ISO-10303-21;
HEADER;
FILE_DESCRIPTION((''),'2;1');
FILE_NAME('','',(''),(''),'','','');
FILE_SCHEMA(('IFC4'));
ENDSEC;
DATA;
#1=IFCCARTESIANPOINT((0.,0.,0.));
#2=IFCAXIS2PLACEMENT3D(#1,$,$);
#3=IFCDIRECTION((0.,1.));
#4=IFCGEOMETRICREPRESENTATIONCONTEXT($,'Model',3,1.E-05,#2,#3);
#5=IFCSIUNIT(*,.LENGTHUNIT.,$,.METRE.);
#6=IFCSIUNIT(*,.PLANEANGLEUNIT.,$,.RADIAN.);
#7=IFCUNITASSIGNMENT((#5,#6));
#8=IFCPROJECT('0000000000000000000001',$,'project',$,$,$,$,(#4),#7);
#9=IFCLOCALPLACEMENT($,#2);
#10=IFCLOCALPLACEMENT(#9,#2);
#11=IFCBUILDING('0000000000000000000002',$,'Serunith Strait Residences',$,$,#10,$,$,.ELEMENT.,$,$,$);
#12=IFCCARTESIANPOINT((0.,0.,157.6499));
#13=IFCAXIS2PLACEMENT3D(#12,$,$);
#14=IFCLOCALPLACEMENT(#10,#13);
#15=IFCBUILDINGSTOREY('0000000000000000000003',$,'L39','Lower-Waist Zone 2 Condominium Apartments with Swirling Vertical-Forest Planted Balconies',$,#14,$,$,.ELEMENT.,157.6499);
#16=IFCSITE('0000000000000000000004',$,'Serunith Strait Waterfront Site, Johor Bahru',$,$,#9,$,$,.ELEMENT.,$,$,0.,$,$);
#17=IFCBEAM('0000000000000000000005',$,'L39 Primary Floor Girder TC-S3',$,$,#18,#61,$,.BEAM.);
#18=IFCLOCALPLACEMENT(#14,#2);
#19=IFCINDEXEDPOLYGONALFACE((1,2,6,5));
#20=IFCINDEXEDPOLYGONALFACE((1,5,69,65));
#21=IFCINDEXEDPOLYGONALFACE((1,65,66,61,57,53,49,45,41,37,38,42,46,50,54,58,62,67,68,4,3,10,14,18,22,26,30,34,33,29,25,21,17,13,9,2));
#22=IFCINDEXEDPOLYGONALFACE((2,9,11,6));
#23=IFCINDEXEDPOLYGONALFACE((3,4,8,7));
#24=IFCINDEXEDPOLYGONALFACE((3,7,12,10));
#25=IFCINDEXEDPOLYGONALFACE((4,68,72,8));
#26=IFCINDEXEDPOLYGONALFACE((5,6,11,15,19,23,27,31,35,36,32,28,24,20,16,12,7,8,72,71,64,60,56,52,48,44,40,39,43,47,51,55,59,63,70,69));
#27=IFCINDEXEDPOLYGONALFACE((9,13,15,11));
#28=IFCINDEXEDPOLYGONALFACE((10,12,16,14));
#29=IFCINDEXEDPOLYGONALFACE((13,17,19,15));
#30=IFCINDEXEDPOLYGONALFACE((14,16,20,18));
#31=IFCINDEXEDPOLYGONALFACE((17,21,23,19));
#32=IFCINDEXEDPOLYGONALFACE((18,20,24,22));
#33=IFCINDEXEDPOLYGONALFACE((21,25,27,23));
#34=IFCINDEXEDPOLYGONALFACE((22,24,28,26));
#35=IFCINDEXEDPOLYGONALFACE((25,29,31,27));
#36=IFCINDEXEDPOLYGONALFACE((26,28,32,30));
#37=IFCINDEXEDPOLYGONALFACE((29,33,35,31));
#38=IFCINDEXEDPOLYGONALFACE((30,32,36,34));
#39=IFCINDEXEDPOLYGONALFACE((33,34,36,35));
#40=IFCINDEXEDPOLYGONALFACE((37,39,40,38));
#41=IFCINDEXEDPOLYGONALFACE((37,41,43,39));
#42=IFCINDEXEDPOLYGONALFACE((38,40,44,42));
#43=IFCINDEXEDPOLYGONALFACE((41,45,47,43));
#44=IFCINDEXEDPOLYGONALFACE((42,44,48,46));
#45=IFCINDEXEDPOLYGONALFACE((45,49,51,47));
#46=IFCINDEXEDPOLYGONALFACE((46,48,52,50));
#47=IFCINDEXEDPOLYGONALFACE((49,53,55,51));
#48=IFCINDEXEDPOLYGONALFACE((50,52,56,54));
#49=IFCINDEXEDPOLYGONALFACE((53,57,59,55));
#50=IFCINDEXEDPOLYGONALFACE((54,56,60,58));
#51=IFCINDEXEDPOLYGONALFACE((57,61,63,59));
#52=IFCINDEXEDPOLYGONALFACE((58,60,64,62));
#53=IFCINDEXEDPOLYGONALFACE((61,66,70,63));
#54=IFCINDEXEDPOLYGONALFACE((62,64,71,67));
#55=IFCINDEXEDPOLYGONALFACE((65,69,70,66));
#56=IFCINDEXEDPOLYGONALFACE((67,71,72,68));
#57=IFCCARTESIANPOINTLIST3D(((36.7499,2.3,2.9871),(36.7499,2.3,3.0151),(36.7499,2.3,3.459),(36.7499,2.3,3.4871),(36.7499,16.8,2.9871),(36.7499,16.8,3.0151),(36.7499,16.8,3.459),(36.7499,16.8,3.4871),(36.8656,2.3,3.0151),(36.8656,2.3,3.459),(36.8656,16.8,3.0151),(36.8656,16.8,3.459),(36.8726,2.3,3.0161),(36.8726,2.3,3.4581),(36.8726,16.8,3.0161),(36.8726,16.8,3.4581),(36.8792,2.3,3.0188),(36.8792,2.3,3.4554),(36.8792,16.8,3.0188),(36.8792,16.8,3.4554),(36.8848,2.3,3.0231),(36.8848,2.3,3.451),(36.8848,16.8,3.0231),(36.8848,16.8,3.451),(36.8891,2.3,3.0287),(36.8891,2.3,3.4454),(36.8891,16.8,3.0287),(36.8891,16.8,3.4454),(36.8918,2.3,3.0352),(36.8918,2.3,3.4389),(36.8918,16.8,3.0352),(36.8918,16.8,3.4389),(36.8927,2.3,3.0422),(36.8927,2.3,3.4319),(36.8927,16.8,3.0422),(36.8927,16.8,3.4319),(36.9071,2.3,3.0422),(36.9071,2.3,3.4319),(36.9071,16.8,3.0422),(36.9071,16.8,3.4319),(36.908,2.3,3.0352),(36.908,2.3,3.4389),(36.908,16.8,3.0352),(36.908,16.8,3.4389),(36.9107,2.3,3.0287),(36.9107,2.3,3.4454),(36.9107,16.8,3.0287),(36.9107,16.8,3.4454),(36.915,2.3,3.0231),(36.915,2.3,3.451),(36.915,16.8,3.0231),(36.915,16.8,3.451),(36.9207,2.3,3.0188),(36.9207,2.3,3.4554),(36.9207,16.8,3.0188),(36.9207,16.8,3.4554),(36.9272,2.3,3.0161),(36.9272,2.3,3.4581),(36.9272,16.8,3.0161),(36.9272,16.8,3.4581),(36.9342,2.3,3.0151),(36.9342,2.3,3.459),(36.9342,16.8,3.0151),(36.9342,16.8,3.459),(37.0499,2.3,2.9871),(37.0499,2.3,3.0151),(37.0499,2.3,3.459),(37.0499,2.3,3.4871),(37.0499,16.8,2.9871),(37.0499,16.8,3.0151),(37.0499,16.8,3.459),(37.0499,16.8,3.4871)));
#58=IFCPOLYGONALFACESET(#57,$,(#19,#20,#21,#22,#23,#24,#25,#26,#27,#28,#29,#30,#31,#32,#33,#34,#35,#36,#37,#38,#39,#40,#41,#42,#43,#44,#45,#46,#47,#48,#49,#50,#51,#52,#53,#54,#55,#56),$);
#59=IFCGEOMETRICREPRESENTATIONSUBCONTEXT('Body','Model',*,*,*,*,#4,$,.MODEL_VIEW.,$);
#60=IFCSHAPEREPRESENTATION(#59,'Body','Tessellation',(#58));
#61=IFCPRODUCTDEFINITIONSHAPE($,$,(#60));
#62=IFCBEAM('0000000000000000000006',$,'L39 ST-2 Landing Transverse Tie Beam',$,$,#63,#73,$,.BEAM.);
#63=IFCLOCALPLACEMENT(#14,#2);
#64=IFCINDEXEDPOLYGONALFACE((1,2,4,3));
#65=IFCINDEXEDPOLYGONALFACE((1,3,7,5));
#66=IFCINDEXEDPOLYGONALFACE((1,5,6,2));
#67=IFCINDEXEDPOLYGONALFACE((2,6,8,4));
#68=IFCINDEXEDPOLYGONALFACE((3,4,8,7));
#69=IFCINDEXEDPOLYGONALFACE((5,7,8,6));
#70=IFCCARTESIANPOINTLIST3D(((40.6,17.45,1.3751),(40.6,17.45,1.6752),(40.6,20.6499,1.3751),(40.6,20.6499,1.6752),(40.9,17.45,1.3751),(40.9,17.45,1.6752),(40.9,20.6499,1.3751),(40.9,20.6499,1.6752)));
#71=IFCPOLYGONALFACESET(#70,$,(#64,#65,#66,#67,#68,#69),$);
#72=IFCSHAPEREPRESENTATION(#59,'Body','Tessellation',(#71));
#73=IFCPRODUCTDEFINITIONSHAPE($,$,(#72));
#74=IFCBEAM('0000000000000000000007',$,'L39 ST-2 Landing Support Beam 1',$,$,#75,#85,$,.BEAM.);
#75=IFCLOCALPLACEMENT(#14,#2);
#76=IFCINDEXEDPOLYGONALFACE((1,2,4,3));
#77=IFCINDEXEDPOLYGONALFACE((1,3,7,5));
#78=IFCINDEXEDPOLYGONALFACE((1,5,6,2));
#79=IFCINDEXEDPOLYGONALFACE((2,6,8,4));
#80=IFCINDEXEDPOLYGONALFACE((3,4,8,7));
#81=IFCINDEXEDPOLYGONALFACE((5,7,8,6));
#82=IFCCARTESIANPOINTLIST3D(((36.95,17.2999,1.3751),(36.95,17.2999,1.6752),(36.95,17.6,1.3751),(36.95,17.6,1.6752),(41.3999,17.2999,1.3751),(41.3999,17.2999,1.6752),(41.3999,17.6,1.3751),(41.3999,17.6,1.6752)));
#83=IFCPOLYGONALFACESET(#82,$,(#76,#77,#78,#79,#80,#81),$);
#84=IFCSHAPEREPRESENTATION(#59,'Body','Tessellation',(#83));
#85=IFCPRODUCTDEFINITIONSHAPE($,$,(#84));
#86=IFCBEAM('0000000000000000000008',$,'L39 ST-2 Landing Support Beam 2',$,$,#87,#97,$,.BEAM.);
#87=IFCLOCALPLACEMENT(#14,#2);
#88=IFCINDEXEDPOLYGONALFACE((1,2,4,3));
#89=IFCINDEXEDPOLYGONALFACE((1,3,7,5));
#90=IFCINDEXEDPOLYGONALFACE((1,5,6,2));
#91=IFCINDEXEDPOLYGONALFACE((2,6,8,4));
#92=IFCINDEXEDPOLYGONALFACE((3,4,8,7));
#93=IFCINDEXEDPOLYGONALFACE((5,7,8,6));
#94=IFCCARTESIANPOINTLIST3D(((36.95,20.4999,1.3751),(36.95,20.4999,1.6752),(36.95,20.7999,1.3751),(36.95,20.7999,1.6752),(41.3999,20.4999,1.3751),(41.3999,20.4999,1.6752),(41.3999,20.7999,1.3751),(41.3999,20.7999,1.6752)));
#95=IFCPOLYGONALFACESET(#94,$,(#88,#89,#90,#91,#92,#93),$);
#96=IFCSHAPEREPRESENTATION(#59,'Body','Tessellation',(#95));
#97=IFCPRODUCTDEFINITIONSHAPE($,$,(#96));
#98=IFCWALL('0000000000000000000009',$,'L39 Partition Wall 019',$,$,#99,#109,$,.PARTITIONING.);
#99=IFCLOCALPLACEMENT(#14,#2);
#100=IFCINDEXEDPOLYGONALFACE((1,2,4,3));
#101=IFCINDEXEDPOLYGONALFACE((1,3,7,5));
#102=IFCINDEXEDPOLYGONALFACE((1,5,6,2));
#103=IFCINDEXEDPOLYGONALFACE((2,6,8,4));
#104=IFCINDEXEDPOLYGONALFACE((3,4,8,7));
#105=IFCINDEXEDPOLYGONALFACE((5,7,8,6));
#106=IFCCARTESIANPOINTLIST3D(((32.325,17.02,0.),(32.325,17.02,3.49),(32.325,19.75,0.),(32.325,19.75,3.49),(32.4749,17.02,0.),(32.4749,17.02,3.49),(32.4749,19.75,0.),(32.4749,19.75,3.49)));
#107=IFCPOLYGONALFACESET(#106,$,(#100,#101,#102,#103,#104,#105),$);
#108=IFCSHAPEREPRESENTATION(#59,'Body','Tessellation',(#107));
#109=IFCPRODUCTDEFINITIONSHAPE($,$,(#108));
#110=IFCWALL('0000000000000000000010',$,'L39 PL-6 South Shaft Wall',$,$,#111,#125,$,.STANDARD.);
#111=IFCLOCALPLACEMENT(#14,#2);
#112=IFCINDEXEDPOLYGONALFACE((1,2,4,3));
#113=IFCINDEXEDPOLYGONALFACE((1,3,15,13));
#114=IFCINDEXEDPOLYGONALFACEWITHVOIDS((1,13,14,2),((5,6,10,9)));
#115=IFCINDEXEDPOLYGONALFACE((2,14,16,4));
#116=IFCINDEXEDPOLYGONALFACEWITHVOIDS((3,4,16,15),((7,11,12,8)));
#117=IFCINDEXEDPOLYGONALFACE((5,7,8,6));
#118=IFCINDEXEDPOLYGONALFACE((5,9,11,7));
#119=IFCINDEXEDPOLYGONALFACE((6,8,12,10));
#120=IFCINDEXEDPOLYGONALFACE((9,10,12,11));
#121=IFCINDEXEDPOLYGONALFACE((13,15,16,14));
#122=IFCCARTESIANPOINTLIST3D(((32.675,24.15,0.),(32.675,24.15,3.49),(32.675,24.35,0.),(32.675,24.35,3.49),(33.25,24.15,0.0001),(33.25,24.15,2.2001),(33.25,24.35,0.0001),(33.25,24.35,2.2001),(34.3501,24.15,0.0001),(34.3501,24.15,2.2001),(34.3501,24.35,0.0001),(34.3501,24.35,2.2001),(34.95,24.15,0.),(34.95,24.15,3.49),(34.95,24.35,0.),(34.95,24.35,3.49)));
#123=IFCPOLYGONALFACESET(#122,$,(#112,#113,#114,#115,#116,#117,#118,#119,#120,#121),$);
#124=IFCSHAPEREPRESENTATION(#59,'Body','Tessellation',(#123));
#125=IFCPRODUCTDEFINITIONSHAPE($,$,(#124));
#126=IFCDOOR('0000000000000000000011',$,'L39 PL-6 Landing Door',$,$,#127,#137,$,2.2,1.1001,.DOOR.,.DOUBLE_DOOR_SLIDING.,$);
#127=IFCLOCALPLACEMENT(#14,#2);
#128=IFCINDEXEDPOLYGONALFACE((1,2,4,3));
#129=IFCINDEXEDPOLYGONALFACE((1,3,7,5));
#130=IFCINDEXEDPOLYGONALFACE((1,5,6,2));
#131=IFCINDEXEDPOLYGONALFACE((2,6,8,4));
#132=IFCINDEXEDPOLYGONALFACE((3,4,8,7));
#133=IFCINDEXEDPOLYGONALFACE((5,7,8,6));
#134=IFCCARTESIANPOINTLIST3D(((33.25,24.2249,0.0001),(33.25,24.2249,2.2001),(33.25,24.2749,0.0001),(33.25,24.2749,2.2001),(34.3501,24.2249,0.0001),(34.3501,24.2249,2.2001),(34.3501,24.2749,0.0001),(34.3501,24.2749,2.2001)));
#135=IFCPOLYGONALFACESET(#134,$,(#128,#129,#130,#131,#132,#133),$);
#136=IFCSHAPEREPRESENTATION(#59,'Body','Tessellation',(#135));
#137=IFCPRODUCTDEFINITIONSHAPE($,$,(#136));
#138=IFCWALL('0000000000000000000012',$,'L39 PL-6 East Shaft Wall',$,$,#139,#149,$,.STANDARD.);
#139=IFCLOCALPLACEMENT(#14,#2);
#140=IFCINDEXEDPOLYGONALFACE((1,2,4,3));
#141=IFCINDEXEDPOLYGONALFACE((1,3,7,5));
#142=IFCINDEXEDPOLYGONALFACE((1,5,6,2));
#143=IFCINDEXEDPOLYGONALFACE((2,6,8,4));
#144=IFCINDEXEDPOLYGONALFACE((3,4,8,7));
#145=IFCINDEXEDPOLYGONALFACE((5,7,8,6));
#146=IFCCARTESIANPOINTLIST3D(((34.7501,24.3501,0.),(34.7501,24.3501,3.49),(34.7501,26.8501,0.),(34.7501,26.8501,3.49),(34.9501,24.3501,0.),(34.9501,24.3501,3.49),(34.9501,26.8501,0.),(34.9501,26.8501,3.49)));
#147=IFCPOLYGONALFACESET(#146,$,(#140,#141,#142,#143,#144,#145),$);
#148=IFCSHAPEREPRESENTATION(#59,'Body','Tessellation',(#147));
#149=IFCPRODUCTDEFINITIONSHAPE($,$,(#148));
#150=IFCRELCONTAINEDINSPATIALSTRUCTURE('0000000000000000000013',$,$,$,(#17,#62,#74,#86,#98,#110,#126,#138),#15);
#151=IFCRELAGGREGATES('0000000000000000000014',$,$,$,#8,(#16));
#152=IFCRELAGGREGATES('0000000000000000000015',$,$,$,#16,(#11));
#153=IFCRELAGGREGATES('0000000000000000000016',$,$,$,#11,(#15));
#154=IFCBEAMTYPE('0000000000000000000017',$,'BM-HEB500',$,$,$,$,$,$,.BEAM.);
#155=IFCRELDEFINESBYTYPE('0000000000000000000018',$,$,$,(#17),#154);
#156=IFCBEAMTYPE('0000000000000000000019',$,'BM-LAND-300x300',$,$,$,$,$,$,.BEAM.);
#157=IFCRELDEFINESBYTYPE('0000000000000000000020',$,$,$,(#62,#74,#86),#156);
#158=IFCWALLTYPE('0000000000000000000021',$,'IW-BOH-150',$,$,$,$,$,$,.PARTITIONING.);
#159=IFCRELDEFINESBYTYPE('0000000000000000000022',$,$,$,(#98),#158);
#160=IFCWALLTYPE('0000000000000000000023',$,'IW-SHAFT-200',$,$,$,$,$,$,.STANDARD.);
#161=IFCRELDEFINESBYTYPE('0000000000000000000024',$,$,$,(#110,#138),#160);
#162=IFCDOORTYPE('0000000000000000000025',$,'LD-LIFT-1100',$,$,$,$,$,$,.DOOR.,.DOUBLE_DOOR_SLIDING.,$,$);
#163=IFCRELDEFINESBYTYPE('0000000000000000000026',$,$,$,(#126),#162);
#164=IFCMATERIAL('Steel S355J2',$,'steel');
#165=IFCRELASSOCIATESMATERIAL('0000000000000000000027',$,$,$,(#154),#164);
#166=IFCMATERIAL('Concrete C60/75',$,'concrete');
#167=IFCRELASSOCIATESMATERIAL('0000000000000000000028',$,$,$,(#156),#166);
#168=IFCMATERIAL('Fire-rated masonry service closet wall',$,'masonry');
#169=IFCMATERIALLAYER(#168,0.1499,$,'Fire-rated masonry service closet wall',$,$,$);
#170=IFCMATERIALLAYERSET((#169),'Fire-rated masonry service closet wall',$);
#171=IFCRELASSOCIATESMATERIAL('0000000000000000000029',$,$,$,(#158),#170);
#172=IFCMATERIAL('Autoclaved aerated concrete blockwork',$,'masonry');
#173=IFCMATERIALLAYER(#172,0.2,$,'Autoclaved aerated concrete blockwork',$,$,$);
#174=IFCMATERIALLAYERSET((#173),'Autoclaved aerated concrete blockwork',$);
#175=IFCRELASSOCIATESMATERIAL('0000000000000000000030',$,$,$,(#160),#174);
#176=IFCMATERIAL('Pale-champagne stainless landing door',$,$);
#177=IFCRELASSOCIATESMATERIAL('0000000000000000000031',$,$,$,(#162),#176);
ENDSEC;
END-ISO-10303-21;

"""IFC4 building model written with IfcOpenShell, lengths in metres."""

from ifc_helpers import new_model, si_unit, direction, frame, frame_2d, origin, origin_2d, place, context, subcontext, project, spatial, rectangle, i_section, extrude, source, transform, mapped, material, layer, layer_set, material_profile, profile_set, type_object, element, fill, save


model = new_model("IFC4")

# Units and contexts
model_context = context("Model", 3, precision=1e-05, world=origin(), true_north=direction((0.0, 1.0)))
body_context = subcontext(model_context, "Body", "Model", "MODEL_VIEW")
ifc_project = project(units=[si_unit("LENGTHUNIT", "METRE"), si_unit("PLANEANGLEUNIT", "RADIAN")], contexts=[model_context])

# Site, building, storey
site_placement = place(None, origin())
site = spatial("IfcSite", under=ifc_project, at=site_placement, Name="Serunith Strait Waterfront Site, Johor Bahru", CompositionType="ELEMENT", RefElevation=0.0)
building_placement = place(site_placement, origin())
building = spatial("IfcBuilding", under=site, at=building_placement, Name="Serunith Strait Residences", CompositionType="ELEMENT")
storey_placement = place(building_placement, frame((0.0, 0.0, 157.6499)))
storey = spatial("IfcBuildingStorey", under=building, at=storey_placement, Name="L39", Description="Lower-Waist Zone 2 Condominium Apartments with Swirling Vertical-Forest Planted Balconies", CompositionType="ELEMENT", Elevation=157.6499)

# Beams
ifc_material_1 = material(Name="Steel S355J2", Category="steel")
ifc_material_profile_1 = material_profile(ifc_material_1, i_section(OverallWidth=0.3, OverallDepth=0.5, WebThickness=0.0144, FlangeThickness=0.0281, FilletRadius=0.0271, at=origin_2d()), Name="HEB 500")
ifc_profile_set_1 = profile_set([ifc_material_profile_1], Name="Steel S355J2")
beam_type_1 = type_object("IfcBeamType", Name="BM-HEB500", PredefinedType="BEAM", material=ifc_profile_set_1)
shared_shape_1 = source(origin(), body_context, "Body", "SweptSolid", [
    extrude(i_section(OverallWidth=0.3, OverallDepth=0.5, WebThickness=0.0144, FlangeThickness=0.0281, FilletRadius=0.0271, at=origin_2d()), origin(), (0.0, 0.0, 1.0), 14.5),
])
beam_1_placement = place(storey_placement, frame((36.8999, 16.8, 3.2371), z_axis=(0.0, -1.0, 0.0), x_axis=(1.0, 0.0, 0.0)))
element("IfcBeam", 1, at=beam_1_placement, inside=storey, type_object=beam_type_1, Name="L39 Primary Floor Girder TC-S3", PredefinedType="BEAM", context=body_context, shape_type="MappedRepresentation", body=[
    mapped(shared_shape_1, transform((0.0, 0.0, 0.0), scale=1.0)),
])
ifc_material_2 = material(Name="Concrete C60/75", Category="concrete")
ifc_material_profile_2 = material_profile(ifc_material_2, rectangle(XDim=0.3, YDim=0.3, at=origin_2d()), Name="RC 300x300")
ifc_profile_set_2 = profile_set([ifc_material_profile_2], Name="Concrete C60/75")
beam_type_2 = type_object("IfcBeamType", Name="BM-LAND-300x300", PredefinedType="BEAM", material=ifc_profile_set_2)
shared_shape_2 = source(origin(), body_context, "Body", "SweptSolid", [
    extrude(rectangle(XDim=0.3, YDim=0.3, at=origin_2d()), origin(), (0.0, 0.0, 1.0), 3.2),
])
beam_2_placement = place(storey_placement, frame((40.75, 17.45, 1.5251), z_axis=(0.0, 1.0, 0.0), x_axis=(-1.0, 0.0, 0.0)))
element("IfcBeam", 2, at=beam_2_placement, inside=storey, type_object=beam_type_2, Name="L39 ST-2 Landing Transverse Tie Beam", PredefinedType="BEAM", context=body_context, shape_type="MappedRepresentation", body=[
    mapped(shared_shape_2, transform((0.0, 0.0, 0.0), scale=1.0)),
])
shared_shape_3 = source(origin(), body_context, "Body", "SweptSolid", [
    extrude(rectangle(XDim=0.3, YDim=0.3, at=origin_2d()), origin(), (0.0, 0.0, 1.0), 4.45),
])
for number, where, z_axis, x_axis, name in (
    (3, (36.95, 17.45, 1.5251), (1.0, 0.0, 0.0), (0.0, 1.0, 0.0), "L39 ST-2 Landing Support Beam 1"),
    (4, (36.95, 20.6499, 1.5251), (1.0, 0.0, 0.0), (0.0, 1.0, 0.0), "L39 ST-2 Landing Support Beam 2"),
):
    element("IfcBeam", number, at=place(storey_placement, frame(where, z_axis=z_axis, x_axis=x_axis)), inside=storey, type_object=beam_type_2, Name=name, PredefinedType="BEAM", context=body_context, shape_type="MappedRepresentation", body=[
        mapped(shared_shape_3, transform((0.0, 0.0, 0.0), scale=1.0)),
    ])

# Wall
ifc_material_3 = material(Name="Fire-rated masonry service closet wall", Category="masonry")
ifc_layer_1 = layer(ifc_material_3, 0.1499, Name="Fire-rated masonry service closet wall")
ifc_layer_set_1 = layer_set([ifc_layer_1], Name="Fire-rated masonry service closet wall")
wall_type_1 = type_object("IfcWallType", Name="IW-BOH-150", PredefinedType="PARTITIONING", material=ifc_layer_set_1)
wall_1_placement = place(storey_placement, frame((32.3999, 17.02, 0.0), z_axis=(0.0, 0.0, 1.0), x_axis=(0.0, 1.0, 0.0)))
element("IfcWall", 5, at=wall_1_placement, inside=storey, type_object=wall_type_1, Name="L39 Partition Wall 019", PredefinedType="PARTITIONING", context=body_context, shape_type="SweptSolid", body=[
    extrude(rectangle(XDim=2.73, YDim=0.1499, at=frame_2d((1.365, 0.0))), origin(), (0.0, 0.0, 1.0), 3.49),
])

# Wall, opening, door
ifc_material_4 = material(Name="Autoclaved aerated concrete blockwork", Category="masonry")
ifc_layer_2 = layer(ifc_material_4, 0.2, Name="Autoclaved aerated concrete blockwork")
ifc_layer_set_2 = layer_set([ifc_layer_2], Name="Autoclaved aerated concrete blockwork")
wall_type_2 = type_object("IfcWallType", Name="IW-SHAFT-200", PredefinedType="STANDARD", material=ifc_layer_set_2)
wall_2_placement = place(storey_placement, frame((32.675, 24.25, 0.0), z_axis=(0.0, 0.0, 1.0), x_axis=(1.0, 0.0, 0.0)))
wall_2 = element("IfcWall", 6, at=wall_2_placement, inside=storey, type_object=wall_type_2, Name="L39 PL-6 South Shaft Wall", PredefinedType="STANDARD", context=body_context, shape_type="SweptSolid", body=[
    extrude(rectangle(XDim=2.2749, YDim=0.2, at=frame_2d((1.1375, 0.0))), origin(), (0.0, 0.0, 1.0), 3.49),
])
opening_1_placement = place(wall_2_placement, frame((0.575, 0.0, 0.0)))
opening_1 = element("IfcOpeningElement", 7, at=opening_1_placement, cuts=wall_2, PredefinedType="OPENING", context=body_context, shape_type="SweptSolid", body=[
    extrude(rectangle(XDim=1.1001, YDim=2.2, at=frame_2d((0.55, 1.1001))), frame((0.0, 0.1099, 0.0), z_axis=(0.0, -1.0, 0.0), x_axis=(1.0, 0.0, 0.0)), (0.0, 0.0, 1.0), 0.22),
])
ifc_material_5 = material(Name="Pale-champagne stainless landing door")
door_type_1 = type_object("IfcDoorType", Name="LD-LIFT-1100", OperationType="DOUBLE_DOOR_SLIDING", PredefinedType="DOOR", material=ifc_material_5)
shared_shape_4 = source(origin(), body_context, "Body", "SweptSolid", [
    extrude(rectangle(XDim=1.1001, YDim=2.2, at=frame_2d((0.55, 1.1001))), frame((0.0, 0.0249, 0.0), z_axis=(0.0, -1.0, 0.0), x_axis=(1.0, 0.0, 0.0)), (0.0, 0.0, 1.0), 0.05),
])
door_1_placement = place(opening_1_placement, origin())
door_1 = element("IfcDoor", 8, at=door_1_placement, inside=storey, type_object=door_type_1, Name="L39 PL-6 Landing Door", OperationType="DOUBLE_DOOR_SLIDING", OverallHeight=2.2, OverallWidth=1.1001, PredefinedType="DOOR", context=body_context, shape_type="MappedRepresentation", body=[
    mapped(shared_shape_4, transform((0.0, 0.0, 0.0), scale=1.0)),
])
fill(opening_1, door_1)

# Wall
wall_3_placement = place(storey_placement, frame((34.8501, 24.3501, 0.0), z_axis=(0.0, 0.0, 1.0), x_axis=(0.0, 1.0, 0.0)))
element("IfcWall", 9, at=wall_3_placement, inside=storey, type_object=wall_type_2, Name="L39 PL-6 East Shaft Wall", PredefinedType="STANDARD", context=body_context, shape_type="SweptSolid", body=[
    extrude(rectangle(XDim=2.5, YDim=0.2, at=frame_2d((1.25, 0.0))), origin(), (0.0, 0.0, 1.0), 3.49),
])

save(model, "model.ifc")
